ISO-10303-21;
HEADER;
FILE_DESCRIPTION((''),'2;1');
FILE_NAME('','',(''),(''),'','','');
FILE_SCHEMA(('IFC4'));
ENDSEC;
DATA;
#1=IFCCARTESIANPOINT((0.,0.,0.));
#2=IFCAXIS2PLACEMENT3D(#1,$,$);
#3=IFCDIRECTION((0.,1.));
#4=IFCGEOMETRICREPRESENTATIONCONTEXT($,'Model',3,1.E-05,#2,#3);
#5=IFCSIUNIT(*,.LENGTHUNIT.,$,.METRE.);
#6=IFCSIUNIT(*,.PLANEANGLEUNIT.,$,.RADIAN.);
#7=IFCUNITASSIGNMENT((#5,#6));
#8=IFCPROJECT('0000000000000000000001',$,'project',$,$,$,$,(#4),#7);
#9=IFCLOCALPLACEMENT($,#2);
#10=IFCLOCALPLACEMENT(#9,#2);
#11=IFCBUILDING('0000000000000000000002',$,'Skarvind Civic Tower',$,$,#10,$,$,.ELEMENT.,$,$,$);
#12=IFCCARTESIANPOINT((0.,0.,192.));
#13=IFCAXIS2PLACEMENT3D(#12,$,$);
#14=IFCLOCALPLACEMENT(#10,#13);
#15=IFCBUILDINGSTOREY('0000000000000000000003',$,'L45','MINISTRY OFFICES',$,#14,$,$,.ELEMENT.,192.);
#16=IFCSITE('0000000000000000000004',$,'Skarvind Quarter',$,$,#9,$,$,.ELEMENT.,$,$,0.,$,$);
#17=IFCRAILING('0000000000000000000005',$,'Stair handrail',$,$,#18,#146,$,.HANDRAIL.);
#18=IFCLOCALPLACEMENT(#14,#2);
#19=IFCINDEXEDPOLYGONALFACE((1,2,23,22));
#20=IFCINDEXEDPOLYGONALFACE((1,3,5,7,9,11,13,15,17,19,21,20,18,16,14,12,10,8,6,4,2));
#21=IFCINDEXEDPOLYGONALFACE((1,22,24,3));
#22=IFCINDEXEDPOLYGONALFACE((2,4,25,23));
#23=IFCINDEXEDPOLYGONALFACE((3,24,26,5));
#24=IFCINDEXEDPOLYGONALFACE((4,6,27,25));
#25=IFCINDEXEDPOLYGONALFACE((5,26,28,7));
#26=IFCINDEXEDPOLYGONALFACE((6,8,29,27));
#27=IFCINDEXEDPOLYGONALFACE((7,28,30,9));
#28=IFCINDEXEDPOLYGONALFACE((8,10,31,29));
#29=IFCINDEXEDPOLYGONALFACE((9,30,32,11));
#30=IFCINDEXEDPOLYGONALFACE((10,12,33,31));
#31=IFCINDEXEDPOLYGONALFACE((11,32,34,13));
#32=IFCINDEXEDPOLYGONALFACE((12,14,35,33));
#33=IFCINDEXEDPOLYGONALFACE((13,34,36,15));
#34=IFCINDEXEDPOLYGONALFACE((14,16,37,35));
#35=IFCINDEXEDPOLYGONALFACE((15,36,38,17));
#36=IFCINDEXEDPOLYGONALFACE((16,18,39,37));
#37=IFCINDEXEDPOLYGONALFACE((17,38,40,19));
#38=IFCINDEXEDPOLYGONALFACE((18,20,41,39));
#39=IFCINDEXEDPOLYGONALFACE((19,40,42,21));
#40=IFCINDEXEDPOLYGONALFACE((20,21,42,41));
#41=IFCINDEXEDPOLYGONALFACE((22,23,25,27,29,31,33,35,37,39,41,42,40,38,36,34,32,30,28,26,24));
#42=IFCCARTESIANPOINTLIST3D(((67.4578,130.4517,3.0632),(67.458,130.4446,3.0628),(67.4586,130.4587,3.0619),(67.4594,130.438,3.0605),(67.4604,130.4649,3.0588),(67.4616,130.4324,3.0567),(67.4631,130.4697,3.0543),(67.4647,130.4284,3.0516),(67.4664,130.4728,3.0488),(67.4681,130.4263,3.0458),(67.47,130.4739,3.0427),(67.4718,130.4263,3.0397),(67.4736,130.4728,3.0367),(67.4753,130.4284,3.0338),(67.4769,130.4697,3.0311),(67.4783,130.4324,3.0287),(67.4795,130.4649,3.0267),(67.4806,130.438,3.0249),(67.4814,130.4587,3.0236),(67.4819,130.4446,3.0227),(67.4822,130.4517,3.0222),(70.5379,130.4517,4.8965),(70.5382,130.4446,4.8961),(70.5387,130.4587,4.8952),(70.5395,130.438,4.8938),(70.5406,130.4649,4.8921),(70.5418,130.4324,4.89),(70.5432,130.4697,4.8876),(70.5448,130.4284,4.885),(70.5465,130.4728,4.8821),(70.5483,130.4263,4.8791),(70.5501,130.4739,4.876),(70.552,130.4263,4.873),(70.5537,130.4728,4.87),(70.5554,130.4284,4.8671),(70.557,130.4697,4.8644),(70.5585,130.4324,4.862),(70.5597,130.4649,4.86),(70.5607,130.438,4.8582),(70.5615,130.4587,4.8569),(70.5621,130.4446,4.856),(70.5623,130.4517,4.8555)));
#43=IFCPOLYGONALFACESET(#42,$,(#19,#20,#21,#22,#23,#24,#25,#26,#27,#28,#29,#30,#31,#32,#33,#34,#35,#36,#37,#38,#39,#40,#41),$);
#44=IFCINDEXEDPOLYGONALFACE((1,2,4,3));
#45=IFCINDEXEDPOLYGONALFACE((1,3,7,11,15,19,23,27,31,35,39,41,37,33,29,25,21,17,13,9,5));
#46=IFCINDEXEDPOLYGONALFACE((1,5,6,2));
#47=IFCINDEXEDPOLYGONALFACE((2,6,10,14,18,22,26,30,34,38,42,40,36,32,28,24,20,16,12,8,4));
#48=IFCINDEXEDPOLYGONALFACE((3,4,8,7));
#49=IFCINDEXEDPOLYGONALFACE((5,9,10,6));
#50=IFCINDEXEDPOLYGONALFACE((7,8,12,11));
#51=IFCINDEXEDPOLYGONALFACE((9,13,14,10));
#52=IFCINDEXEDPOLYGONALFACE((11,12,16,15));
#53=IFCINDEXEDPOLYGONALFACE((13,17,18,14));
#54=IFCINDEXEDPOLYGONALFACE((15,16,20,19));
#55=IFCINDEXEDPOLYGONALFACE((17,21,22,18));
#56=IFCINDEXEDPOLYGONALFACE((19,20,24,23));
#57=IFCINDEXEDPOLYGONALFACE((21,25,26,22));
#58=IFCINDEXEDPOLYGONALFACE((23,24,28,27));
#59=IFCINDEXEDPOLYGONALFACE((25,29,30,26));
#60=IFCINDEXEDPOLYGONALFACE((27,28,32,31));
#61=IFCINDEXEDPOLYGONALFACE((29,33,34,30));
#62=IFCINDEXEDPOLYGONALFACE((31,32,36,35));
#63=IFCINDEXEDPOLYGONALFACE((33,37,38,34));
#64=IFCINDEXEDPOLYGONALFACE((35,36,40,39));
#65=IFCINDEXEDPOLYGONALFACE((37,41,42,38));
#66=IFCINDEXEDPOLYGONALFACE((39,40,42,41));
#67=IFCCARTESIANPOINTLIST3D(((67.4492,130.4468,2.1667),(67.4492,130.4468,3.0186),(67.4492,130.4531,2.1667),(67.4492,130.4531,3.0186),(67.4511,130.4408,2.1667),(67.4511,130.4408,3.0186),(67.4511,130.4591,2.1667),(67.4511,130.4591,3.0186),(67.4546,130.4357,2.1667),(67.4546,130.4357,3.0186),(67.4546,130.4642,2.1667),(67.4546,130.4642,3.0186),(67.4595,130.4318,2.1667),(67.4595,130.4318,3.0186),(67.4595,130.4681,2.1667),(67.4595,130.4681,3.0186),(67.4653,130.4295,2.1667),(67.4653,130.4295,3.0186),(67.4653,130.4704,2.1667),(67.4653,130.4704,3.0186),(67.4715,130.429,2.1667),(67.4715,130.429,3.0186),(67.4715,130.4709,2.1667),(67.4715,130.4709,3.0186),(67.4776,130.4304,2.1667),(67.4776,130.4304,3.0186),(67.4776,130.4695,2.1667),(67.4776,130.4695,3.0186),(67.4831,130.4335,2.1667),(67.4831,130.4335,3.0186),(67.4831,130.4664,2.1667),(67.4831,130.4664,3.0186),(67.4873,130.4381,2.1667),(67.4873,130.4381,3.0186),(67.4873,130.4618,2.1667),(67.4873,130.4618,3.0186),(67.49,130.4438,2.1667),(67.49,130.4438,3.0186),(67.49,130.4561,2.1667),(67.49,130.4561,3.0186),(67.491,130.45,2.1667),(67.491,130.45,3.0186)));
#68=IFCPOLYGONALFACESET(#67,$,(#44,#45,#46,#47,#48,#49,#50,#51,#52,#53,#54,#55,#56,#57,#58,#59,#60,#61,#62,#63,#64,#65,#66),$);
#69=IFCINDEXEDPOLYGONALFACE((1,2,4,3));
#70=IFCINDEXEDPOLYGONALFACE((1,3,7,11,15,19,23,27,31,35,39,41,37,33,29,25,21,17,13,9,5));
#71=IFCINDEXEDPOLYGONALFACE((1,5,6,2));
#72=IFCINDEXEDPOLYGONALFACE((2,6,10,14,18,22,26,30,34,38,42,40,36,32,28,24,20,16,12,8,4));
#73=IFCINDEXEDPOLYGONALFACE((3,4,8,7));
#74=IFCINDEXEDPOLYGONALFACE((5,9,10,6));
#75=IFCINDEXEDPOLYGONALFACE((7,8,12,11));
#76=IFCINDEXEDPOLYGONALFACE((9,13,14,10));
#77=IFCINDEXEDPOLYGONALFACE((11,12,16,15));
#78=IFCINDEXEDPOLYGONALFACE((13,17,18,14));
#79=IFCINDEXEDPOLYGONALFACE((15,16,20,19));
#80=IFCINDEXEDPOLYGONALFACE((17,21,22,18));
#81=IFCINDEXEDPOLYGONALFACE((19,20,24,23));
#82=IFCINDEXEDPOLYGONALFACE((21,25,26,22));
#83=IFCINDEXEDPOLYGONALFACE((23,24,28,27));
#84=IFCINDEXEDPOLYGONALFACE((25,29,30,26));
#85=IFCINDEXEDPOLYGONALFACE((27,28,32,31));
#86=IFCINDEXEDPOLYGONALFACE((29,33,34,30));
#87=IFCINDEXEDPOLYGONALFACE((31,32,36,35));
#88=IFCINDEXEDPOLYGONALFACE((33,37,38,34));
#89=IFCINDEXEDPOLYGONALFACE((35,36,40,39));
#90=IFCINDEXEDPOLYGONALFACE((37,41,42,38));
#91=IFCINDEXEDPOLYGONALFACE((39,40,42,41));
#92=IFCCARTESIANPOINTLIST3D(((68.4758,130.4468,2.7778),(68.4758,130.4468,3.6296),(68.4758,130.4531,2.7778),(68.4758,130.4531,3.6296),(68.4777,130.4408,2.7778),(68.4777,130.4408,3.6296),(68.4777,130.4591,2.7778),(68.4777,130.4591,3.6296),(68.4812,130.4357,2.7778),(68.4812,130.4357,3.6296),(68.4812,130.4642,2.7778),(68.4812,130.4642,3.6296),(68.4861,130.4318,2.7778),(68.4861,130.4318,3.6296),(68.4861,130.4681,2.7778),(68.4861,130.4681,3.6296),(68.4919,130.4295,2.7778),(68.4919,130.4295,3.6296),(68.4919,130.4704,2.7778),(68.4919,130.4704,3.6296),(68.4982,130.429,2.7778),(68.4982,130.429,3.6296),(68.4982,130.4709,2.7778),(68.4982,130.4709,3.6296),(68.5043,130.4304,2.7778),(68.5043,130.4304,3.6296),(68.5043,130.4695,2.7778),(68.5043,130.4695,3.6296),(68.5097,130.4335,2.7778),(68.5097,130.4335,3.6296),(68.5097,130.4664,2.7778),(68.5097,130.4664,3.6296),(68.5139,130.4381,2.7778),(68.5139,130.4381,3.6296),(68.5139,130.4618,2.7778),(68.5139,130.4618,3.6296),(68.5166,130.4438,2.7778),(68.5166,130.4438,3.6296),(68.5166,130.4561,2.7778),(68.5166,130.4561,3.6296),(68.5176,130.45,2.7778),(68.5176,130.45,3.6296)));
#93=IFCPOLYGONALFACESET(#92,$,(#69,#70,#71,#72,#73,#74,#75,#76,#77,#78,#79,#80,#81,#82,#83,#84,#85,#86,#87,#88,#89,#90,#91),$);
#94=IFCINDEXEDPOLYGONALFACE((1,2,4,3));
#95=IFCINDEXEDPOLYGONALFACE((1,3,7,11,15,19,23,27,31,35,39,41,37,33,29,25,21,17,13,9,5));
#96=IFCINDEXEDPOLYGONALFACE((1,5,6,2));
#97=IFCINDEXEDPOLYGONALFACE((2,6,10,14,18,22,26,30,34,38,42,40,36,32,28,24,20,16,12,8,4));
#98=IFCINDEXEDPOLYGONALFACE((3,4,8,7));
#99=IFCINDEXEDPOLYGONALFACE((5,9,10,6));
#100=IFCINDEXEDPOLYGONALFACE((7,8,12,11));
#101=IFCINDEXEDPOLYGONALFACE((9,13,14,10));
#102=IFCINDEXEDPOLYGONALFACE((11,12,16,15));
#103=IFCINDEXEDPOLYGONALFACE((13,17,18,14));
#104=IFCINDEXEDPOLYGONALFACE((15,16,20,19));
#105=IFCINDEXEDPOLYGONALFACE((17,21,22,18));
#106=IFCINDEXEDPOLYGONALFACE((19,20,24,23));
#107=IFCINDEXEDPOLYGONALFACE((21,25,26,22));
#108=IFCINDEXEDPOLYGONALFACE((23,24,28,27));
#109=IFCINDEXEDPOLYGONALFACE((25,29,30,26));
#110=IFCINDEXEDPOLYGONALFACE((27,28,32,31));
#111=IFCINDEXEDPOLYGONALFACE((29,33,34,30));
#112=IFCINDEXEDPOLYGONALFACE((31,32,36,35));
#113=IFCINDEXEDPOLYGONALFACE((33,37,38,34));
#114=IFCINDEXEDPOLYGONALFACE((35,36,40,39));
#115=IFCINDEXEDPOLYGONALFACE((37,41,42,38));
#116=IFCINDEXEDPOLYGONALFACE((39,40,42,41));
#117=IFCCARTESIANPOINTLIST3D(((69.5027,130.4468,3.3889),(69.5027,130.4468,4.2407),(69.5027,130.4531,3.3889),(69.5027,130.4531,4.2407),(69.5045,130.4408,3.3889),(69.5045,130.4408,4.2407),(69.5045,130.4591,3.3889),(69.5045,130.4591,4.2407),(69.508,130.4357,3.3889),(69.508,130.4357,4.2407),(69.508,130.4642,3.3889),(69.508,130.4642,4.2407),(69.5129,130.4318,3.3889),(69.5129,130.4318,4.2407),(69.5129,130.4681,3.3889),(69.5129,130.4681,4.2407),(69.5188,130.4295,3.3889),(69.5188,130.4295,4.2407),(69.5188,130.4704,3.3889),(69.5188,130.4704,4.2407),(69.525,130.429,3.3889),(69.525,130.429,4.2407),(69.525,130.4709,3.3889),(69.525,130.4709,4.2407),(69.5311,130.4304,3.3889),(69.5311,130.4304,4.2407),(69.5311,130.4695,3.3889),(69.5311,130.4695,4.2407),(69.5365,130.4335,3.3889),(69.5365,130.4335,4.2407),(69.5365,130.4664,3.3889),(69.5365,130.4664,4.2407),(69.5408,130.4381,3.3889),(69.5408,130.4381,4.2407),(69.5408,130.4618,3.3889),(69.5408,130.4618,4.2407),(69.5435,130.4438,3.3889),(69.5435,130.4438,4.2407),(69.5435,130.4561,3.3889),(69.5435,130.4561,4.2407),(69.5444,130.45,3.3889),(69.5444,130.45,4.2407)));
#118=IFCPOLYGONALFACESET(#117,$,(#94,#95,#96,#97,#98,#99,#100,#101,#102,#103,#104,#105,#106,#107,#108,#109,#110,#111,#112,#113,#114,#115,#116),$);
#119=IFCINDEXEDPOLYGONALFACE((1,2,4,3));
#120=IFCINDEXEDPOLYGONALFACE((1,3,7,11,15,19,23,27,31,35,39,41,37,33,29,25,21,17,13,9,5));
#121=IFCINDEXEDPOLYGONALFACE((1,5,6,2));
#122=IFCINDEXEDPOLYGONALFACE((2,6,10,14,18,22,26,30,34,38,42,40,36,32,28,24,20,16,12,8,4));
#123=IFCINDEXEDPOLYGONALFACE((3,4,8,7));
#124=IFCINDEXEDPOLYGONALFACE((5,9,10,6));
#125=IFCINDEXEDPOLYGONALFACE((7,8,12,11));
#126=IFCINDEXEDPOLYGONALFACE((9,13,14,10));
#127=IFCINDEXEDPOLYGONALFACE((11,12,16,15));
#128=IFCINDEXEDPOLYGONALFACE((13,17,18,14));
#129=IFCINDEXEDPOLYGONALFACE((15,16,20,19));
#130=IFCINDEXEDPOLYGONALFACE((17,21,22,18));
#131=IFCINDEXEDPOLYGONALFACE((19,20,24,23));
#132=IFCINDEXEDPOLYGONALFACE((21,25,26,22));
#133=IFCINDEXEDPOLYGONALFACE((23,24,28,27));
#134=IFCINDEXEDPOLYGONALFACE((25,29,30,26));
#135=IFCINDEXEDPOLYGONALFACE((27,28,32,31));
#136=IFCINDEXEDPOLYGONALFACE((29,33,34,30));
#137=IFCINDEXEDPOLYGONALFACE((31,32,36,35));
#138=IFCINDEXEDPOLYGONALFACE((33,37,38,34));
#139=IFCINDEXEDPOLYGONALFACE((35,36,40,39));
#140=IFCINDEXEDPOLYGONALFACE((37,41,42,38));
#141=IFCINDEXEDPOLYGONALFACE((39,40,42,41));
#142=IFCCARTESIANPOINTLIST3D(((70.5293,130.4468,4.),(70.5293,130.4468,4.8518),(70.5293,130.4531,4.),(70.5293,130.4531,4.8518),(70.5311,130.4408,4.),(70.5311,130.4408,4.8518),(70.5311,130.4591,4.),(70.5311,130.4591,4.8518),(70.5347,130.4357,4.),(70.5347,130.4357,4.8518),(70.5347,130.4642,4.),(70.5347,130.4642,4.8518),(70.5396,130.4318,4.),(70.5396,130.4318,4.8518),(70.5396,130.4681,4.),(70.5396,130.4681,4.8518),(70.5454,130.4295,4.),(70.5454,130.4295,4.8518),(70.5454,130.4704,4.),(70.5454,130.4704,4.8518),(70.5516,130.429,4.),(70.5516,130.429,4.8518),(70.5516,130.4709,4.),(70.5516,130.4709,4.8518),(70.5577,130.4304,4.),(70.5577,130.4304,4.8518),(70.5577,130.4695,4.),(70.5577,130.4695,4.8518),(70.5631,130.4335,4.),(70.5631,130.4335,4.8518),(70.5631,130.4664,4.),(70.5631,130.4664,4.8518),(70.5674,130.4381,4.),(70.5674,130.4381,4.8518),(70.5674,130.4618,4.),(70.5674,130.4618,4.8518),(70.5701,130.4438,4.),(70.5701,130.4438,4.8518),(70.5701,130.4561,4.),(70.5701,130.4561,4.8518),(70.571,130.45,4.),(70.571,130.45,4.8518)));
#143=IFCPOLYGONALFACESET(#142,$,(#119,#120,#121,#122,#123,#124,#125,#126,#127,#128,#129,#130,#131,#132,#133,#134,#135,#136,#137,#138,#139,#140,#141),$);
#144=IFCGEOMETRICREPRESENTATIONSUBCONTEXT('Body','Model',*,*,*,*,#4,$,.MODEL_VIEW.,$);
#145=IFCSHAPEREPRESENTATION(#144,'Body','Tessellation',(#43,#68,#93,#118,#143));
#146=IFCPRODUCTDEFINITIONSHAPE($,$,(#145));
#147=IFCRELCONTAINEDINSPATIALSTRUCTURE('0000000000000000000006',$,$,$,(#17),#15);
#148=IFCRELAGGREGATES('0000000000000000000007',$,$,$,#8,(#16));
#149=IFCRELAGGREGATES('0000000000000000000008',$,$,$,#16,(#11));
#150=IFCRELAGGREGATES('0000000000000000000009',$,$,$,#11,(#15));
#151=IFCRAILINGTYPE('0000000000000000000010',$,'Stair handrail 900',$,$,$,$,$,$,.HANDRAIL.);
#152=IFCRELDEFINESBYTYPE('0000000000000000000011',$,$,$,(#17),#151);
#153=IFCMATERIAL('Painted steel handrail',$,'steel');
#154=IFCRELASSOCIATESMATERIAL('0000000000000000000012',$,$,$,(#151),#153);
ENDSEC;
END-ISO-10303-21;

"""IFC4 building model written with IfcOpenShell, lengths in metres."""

from ifc_helpers import new_model, si_unit, direction, frame, origin, origin_2d, place, context, subcontext, project, spatial, circle, extrude, material, type_object, element, save


model = new_model("IFC4")

# Units and contexts
model_context = context("Model", 3, precision=1e-05, world=origin(), true_north=direction((0.0, 1.0)))
body_context = subcontext(model_context, "Body", "Model", "MODEL_VIEW")
ifc_project = project(units=[si_unit("LENGTHUNIT", "METRE"), si_unit("PLANEANGLEUNIT", "RADIAN")], contexts=[model_context])

# Site, building, storey
site_placement = place(None, origin())
site = spatial("IfcSite", under=ifc_project, at=site_placement, Name="Skarvind Quarter", CompositionType="ELEMENT", RefElevation=0.0)
building_placement = place(site_placement, origin())
building = spatial("IfcBuilding", under=site, at=building_placement, Name="Skarvind Civic Tower", CompositionType="ELEMENT")
storey_placement = place(building_placement, frame((0.0, 0.0, 192.0)))
storey = spatial("IfcBuildingStorey", under=building, at=storey_placement, Name="L45", Description="MINISTRY OFFICES", CompositionType="ELEMENT", Elevation=192.0)

# Railing
ifc_material_1 = material(Name="Painted steel handrail", Category="steel")
railing_type = type_object("IfcRailingType", Name="Stair handrail 900", PredefinedType="HANDRAIL", material=ifc_material_1)
railing_placement = place(storey_placement, frame((67.47, 130.45, 2.1667)))
element("IfcRailing", 1, at=railing_placement, inside=storey, type_object=railing_type, Name="Stair handrail", PredefinedType="HANDRAIL", context=body_context, shape_type="SweptSolid", body=[
    extrude(circle(Radius=0.0239, at=origin_2d()), frame((0.0, 0.0, 0.876), z_axis=(0.859309, 0.0, 0.511458), x_axis=(0.0, 1.0, 0.0)), (0.0, 0.0, 1.0), 3.5845),
    extrude(circle(Radius=0.021, at=origin_2d()), origin(), (0.0, 0.0, 1.0), 0.8518),
    extrude(circle(Radius=0.021, at=origin_2d()), frame((1.0266, 0.0, 0.6111)), (0.0, 0.0, 1.0), 0.8518),
    extrude(circle(Radius=0.021, at=origin_2d()), frame((2.0535, 0.0, 1.2222)), (0.0, 0.0, 1.0), 0.8518),
    extrude(circle(Radius=0.021, at=origin_2d()), frame((3.0801, 0.0, 1.8333)), (0.0, 0.0, 1.0), 0.8518),
])

save(model, "model.ifc")
